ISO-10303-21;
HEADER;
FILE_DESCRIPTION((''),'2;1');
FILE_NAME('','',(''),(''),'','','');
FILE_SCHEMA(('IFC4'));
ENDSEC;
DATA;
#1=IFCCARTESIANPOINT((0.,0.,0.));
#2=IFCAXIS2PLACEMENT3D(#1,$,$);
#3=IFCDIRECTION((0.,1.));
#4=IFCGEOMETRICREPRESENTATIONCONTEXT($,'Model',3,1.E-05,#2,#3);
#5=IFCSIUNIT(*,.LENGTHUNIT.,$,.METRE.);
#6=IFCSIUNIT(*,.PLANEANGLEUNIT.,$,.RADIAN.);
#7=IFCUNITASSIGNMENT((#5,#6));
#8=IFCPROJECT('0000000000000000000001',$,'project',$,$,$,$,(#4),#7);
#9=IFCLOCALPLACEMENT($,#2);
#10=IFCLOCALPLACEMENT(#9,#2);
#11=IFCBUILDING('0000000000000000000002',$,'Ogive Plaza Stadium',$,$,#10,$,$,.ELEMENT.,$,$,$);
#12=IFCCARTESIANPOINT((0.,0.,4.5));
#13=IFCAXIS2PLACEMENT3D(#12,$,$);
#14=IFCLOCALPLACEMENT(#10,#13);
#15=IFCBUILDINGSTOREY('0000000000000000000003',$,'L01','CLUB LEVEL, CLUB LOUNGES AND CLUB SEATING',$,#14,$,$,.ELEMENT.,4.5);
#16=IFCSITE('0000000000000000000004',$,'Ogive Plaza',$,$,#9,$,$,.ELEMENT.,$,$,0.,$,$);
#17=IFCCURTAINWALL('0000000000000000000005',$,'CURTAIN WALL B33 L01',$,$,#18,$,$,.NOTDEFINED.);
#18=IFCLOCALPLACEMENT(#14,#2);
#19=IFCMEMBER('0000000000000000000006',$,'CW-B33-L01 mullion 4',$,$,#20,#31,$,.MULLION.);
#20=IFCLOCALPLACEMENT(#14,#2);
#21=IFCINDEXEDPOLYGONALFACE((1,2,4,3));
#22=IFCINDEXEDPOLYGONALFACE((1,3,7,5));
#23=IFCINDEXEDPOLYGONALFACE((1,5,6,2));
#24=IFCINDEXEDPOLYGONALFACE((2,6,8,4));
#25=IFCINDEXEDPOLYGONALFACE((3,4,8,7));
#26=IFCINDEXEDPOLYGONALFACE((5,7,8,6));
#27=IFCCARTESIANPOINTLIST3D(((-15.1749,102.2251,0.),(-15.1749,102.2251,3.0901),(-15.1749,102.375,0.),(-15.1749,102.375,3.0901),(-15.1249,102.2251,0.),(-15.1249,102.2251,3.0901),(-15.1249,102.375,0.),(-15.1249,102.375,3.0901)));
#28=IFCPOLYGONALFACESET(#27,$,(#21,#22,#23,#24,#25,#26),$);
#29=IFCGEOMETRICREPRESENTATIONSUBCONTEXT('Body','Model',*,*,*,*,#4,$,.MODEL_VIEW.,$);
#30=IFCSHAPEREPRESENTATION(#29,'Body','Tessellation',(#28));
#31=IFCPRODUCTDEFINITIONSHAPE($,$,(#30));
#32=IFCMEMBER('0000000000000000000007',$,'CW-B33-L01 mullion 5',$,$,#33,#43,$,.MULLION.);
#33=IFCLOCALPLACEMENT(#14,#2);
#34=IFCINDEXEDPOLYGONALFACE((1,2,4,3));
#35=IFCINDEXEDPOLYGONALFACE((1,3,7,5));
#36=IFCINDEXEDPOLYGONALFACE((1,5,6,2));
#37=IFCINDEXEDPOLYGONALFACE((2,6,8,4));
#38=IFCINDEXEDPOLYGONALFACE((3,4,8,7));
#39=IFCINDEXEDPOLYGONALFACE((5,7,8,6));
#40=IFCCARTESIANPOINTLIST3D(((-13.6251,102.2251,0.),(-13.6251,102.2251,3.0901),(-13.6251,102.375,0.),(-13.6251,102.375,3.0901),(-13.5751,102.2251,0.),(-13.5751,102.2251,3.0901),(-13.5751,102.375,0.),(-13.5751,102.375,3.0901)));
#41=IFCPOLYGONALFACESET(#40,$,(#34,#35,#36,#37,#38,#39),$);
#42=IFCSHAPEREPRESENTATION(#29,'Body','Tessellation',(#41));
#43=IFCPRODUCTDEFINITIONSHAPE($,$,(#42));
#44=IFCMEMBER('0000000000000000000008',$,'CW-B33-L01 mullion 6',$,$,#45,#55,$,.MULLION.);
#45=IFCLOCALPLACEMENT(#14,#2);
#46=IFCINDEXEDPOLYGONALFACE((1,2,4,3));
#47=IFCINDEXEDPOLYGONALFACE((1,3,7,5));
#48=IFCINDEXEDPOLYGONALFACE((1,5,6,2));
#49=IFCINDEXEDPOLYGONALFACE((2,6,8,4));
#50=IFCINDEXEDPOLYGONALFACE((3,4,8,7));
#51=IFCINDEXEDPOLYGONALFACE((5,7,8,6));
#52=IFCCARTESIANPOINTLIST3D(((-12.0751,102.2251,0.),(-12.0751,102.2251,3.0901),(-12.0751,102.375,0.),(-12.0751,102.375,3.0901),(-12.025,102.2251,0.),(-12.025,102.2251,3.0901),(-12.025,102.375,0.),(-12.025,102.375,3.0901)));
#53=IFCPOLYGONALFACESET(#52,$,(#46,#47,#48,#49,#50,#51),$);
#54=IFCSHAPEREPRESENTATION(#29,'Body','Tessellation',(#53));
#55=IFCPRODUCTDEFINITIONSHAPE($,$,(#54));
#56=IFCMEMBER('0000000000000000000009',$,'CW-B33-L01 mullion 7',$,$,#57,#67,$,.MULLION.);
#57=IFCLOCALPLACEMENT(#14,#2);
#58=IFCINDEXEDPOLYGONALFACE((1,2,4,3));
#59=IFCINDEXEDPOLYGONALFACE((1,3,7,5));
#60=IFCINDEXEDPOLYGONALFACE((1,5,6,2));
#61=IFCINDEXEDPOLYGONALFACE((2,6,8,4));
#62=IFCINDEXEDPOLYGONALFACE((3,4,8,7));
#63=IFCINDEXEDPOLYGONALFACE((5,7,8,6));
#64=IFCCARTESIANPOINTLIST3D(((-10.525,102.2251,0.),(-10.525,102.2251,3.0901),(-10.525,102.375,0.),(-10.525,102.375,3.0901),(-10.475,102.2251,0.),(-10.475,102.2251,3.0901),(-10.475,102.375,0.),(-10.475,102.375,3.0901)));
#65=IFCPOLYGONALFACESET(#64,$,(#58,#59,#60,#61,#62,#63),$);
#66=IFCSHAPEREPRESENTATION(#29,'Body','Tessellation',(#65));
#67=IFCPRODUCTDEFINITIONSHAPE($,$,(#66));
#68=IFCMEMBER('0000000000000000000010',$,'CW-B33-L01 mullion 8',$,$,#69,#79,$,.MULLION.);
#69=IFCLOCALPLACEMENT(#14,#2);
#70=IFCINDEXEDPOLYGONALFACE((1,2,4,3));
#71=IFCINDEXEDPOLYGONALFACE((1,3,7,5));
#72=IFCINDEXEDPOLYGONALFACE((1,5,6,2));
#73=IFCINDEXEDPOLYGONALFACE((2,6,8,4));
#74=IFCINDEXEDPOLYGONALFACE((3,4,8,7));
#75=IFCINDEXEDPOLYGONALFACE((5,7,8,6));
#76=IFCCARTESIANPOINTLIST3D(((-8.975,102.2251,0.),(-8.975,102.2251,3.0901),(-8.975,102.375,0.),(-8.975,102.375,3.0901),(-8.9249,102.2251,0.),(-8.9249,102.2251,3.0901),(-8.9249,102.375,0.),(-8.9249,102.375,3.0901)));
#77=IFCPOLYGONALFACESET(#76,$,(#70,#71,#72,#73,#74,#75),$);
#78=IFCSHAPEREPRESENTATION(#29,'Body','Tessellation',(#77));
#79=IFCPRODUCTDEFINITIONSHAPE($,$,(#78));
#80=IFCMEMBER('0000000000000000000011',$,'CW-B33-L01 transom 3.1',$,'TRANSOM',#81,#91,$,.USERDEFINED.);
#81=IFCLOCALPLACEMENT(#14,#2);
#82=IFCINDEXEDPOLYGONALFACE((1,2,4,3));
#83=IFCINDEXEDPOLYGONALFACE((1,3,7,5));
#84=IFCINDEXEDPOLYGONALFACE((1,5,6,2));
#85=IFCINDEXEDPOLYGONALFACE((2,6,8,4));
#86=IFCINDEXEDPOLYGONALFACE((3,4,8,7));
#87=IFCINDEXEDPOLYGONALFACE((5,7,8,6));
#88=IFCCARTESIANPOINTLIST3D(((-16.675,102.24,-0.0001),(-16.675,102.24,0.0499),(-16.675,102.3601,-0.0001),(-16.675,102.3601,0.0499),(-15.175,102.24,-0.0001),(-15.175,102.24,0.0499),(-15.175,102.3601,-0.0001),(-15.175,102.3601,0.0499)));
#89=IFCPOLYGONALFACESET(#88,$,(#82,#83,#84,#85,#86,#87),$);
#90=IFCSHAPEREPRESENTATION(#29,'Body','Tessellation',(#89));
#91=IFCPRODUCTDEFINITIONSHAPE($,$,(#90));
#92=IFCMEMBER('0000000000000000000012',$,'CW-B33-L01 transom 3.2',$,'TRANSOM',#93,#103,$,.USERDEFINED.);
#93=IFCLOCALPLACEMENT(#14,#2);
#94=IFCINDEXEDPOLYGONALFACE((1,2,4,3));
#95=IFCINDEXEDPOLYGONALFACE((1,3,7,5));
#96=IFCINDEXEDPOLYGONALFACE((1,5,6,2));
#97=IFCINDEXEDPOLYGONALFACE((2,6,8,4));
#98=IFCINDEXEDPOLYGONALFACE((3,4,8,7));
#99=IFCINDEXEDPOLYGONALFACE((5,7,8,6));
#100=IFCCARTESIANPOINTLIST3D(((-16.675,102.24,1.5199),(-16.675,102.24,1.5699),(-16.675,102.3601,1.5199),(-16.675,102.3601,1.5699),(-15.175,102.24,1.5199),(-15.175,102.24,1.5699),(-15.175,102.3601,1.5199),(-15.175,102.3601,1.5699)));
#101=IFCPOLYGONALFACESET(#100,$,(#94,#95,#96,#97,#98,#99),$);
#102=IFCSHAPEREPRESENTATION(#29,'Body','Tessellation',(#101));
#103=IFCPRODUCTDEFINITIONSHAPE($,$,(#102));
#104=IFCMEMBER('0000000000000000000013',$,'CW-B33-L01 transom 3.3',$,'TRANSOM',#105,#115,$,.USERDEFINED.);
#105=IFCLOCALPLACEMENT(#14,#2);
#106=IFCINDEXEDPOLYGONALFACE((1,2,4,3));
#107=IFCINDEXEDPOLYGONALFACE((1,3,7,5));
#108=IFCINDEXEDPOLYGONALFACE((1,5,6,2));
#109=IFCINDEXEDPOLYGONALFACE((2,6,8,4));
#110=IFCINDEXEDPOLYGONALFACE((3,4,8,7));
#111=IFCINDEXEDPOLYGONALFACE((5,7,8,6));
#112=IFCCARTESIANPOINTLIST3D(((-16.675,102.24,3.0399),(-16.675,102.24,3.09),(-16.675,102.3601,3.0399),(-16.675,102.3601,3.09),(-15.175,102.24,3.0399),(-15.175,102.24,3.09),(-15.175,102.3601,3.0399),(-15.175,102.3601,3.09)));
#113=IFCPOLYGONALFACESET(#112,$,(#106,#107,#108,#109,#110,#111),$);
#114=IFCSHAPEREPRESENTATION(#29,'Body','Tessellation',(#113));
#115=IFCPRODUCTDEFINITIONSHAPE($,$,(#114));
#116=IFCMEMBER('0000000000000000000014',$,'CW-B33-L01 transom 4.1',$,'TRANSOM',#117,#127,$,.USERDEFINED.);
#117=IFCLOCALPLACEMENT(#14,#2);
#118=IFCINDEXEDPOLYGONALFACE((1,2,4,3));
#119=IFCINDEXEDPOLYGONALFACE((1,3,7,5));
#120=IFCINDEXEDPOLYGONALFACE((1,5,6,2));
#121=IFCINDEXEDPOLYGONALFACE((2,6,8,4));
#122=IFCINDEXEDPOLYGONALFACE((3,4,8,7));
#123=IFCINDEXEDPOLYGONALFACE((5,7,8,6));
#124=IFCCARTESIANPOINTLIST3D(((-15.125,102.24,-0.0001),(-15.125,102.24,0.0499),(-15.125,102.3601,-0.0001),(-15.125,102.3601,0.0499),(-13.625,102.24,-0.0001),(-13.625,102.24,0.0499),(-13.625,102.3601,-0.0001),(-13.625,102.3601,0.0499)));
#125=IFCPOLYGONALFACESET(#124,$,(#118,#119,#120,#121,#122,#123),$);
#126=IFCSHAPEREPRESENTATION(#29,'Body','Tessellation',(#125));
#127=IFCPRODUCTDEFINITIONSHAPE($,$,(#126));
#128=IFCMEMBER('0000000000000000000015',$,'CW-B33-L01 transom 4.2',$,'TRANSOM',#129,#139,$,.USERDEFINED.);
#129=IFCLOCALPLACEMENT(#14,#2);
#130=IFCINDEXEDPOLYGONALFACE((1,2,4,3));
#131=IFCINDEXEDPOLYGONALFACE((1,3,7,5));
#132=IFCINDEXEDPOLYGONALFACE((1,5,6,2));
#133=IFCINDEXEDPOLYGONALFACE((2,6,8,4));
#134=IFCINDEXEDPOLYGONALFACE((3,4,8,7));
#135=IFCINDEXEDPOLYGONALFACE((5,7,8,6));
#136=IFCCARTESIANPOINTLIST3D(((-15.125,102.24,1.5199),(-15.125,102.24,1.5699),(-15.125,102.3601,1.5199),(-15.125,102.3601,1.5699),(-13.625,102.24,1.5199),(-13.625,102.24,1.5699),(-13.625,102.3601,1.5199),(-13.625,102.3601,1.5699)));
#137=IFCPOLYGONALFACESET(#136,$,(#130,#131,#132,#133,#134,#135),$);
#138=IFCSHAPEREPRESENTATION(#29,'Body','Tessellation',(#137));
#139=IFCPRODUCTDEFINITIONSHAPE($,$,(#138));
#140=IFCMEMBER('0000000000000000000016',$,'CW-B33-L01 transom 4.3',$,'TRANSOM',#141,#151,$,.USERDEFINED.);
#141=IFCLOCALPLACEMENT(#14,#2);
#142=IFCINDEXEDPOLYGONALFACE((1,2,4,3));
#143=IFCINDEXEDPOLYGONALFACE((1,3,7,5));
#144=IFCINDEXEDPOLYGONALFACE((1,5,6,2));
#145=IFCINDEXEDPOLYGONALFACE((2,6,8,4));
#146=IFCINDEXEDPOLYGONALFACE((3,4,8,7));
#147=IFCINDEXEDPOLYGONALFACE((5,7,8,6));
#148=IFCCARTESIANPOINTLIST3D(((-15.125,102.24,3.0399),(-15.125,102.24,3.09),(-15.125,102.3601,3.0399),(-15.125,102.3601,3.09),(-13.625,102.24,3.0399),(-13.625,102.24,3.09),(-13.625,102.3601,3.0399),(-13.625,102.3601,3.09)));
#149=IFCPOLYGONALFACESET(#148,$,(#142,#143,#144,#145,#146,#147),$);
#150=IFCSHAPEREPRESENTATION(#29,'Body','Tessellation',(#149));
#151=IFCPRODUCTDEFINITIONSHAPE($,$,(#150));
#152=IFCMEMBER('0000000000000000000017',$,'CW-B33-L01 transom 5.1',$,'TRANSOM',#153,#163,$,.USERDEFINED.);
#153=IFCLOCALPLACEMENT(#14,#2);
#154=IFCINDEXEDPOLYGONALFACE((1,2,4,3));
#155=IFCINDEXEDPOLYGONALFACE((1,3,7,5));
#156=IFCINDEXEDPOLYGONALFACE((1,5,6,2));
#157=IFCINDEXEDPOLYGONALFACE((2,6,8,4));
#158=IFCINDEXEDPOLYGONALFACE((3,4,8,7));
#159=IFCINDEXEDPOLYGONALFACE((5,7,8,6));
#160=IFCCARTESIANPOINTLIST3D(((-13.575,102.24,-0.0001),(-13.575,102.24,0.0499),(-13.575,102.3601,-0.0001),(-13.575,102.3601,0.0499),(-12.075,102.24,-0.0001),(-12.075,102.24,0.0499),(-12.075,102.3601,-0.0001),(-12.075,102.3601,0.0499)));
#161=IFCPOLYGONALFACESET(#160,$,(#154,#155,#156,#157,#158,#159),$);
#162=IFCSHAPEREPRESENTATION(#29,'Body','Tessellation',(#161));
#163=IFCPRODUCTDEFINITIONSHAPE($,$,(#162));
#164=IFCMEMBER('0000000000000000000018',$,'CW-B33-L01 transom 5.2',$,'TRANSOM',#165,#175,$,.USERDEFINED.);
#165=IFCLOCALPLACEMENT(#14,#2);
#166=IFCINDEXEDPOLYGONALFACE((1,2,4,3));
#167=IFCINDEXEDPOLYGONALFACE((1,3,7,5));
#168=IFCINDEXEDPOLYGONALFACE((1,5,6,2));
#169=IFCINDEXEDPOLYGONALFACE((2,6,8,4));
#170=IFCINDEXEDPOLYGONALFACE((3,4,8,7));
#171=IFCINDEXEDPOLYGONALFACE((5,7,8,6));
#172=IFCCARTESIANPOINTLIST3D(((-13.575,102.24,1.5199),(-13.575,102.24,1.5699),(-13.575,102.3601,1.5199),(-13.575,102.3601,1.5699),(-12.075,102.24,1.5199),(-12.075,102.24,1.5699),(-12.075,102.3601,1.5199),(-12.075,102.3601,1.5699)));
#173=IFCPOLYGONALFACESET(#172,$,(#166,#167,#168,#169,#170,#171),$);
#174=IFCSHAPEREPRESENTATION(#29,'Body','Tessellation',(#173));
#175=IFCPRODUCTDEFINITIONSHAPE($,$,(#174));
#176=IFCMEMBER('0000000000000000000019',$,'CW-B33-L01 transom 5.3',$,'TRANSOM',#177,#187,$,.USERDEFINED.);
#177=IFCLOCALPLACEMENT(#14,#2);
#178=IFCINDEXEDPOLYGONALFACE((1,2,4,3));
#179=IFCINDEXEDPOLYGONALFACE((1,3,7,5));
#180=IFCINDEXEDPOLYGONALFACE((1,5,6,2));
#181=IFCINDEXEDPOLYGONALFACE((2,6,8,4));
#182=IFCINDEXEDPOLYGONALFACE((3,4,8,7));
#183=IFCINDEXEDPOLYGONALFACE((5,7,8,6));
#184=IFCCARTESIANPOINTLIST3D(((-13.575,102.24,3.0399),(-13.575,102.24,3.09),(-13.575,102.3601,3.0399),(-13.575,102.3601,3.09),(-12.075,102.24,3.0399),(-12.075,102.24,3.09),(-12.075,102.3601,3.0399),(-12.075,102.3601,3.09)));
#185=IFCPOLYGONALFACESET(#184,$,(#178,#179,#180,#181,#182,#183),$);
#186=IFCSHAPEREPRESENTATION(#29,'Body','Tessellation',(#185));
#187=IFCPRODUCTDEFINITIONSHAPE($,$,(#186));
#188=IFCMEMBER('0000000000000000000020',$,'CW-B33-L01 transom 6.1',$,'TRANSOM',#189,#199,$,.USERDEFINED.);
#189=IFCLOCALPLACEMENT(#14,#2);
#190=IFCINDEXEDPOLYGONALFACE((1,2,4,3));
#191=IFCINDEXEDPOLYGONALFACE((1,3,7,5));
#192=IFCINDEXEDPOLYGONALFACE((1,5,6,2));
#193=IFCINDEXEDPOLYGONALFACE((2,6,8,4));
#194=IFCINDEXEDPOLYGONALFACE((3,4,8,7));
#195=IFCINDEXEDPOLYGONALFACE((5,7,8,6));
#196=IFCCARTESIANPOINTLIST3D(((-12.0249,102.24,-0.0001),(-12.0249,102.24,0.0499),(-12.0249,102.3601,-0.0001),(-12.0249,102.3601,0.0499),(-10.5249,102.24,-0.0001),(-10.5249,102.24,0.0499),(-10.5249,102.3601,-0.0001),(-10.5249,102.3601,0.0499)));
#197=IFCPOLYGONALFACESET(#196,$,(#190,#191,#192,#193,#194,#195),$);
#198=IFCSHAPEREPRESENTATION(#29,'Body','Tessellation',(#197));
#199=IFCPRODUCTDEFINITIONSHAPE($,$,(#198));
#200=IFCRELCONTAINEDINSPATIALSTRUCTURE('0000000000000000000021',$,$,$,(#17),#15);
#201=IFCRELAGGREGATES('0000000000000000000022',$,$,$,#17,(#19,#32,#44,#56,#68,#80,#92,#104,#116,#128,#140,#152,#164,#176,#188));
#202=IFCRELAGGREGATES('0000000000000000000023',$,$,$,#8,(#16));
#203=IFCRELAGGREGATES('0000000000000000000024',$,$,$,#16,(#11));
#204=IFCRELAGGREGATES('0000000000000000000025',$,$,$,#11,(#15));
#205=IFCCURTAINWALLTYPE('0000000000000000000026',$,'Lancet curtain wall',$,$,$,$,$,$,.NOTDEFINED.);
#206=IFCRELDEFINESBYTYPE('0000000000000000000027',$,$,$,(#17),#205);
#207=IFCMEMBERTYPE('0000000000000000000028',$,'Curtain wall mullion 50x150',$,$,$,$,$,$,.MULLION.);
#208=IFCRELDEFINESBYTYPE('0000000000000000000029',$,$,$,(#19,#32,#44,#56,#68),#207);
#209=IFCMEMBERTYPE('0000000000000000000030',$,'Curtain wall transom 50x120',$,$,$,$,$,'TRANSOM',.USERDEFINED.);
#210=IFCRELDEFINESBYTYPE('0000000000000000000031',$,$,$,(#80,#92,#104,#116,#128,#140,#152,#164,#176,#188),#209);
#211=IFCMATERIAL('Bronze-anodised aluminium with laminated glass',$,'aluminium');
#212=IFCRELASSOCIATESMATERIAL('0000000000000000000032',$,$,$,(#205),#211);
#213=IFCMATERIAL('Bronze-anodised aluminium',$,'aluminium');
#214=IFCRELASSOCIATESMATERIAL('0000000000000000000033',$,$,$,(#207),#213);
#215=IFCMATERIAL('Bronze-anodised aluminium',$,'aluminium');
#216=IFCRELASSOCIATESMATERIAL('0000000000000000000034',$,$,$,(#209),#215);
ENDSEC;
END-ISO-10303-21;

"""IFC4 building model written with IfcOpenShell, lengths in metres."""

from ifc_helpers import new_model, si_unit, direction, frame, origin, origin_2d, place, context, subcontext, project, spatial, rectangle, extrude, material, material_profile, profile_set, type_object, element, aggregate, save


model = new_model("IFC4")

# Units and contexts
model_context = context("Model", 3, precision=1e-05, world=origin(), true_north=direction((0.0, 1.0)))
body_context = subcontext(model_context, "Body", "Model", "MODEL_VIEW")
ifc_project = project(units=[si_unit("LENGTHUNIT", "METRE"), si_unit("PLANEANGLEUNIT", "RADIAN")], contexts=[model_context])

# Site, building, storey
site_placement = place(None, origin())
site = spatial("IfcSite", under=ifc_project, at=site_placement, Name="Ogive Plaza", CompositionType="ELEMENT", RefElevation=0.0)
building_placement = place(site_placement, origin())
building = spatial("IfcBuilding", under=site, at=building_placement, Name="Ogive Plaza Stadium", CompositionType="ELEMENT")
storey_placement = place(building_placement, frame((0.0, 0.0, 4.5)))
storey = spatial("IfcBuildingStorey", under=building, at=storey_placement, Name="L01", Description="CLUB LEVEL, CLUB LOUNGES AND CLUB SEATING", CompositionType="ELEMENT", Elevation=4.5)

# Curtain wall, members
ifc_material_1 = material(Name="Bronze-anodised aluminium with laminated glass", Category="aluminium")
curtain_wall_type = type_object("IfcCurtainWallType", Name="Lancet curtain wall", PredefinedType="NOTDEFINED", material=ifc_material_1)
curtain_wall_placement = place(storey_placement, origin())
curtain_wall = element("IfcCurtainWall", 1, at=curtain_wall_placement, inside=storey, type_object=curtain_wall_type, Name="CURTAIN WALL B33 L01", PredefinedType="NOTDEFINED")
ifc_material_2 = material(Name="Bronze-anodised aluminium", Category="aluminium")
ifc_material_profile_1 = material_profile(ifc_material_2, rectangle(XDim=0.1499, YDim=0.05, at=origin_2d()), Name="AL 150x50")
ifc_profile_set_1 = profile_set([ifc_material_profile_1], Name="Bronze-anodised aluminium")
member_type_1 = type_object("IfcMemberType", Name="Curtain wall mullion 50x150", PredefinedType="MULLION", material=ifc_profile_set_1)
member_1_placement = place(storey_placement, frame((-15.1499, 102.3, 0.0), z_axis=(0.0, 0.0, 1.0), x_axis=(0.0, 1.0, 0.0)))
member_1 = element("IfcMember", 2, at=member_1_placement, type_object=member_type_1, Name="CW-B33-L01 mullion 4", PredefinedType="MULLION", context=body_context, shape_type="SweptSolid", body=[
    extrude(rectangle(XDim=0.1499, YDim=0.05, at=origin_2d()), origin(), (0.0, 0.0, 1.0), 3.0901),
])
member_2_placement = place(storey_placement, frame((-13.6001, 102.3, 0.0), z_axis=(0.0, 0.0, 1.0), x_axis=(0.0, 1.0, 0.0)))
member_2 = element("IfcMember", 3, at=member_2_placement, type_object=member_type_1, Name="CW-B33-L01 mullion 5", PredefinedType="MULLION", context=body_context, shape_type="SweptSolid", body=[
    extrude(rectangle(XDim=0.1499, YDim=0.05, at=origin_2d()), origin(), (0.0, 0.0, 1.0), 3.0901),
])
member_3_placement = place(storey_placement, frame((-12.05, 102.3, 0.0), z_axis=(0.0, 0.0, 1.0), x_axis=(0.0, 1.0, 0.0)))
member_3 = element("IfcMember", 4, at=member_3_placement, type_object=member_type_1, Name="CW-B33-L01 mullion 6", PredefinedType="MULLION", context=body_context, shape_type="SweptSolid", body=[
    extrude(rectangle(XDim=0.1499, YDim=0.05, at=origin_2d()), origin(), (0.0, 0.0, 1.0), 3.0901),
])
member_4_placement = place(storey_placement, frame((-10.5, 102.3, 0.0), z_axis=(0.0, 0.0, 1.0), x_axis=(0.0, 1.0, 0.0)))
member_4 = element("IfcMember", 5, at=member_4_placement, type_object=member_type_1, Name="CW-B33-L01 mullion 7", PredefinedType="MULLION", context=body_context, shape_type="SweptSolid", body=[
    extrude(rectangle(XDim=0.1499, YDim=0.05, at=origin_2d()), origin(), (0.0, 0.0, 1.0), 3.0901),
])
member_5_placement = place(storey_placement, frame((-8.95, 102.3, 0.0), z_axis=(0.0, 0.0, 1.0), x_axis=(0.0, 1.0, 0.0)))
member_5 = element("IfcMember", 6, at=member_5_placement, type_object=member_type_1, Name="CW-B33-L01 mullion 8", PredefinedType="MULLION", context=body_context, shape_type="SweptSolid", body=[
    extrude(rectangle(XDim=0.1499, YDim=0.05, at=origin_2d()), origin(), (0.0, 0.0, 1.0), 3.0901),
])
ifc_material_3 = material(Name="Bronze-anodised aluminium", Category="aluminium")
ifc_material_profile_2 = material_profile(ifc_material_3, rectangle(XDim=0.1201, YDim=0.05, at=origin_2d()), Name="AL 120x50")
ifc_profile_set_2 = profile_set([ifc_material_profile_2], Name="Bronze-anodised aluminium")
member_type_2 = type_object("IfcMemberType", Name="Curtain wall transom 50x120", ElementType="TRANSOM", PredefinedType="USERDEFINED", material=ifc_profile_set_2)
member_6_placement = place(storey_placement, frame((-16.675, 102.3, 0.0249), z_axis=(1.0, 0.0, 0.0), x_axis=(0.0, 1.0, 0.0)))
member_6 = element("IfcMember", 7, at=member_6_placement, type_object=member_type_2, Name="CW-B33-L01 transom 3.1", ObjectType="TRANSOM", PredefinedType="USERDEFINED", context=body_context, shape_type="SweptSolid", body=[
    extrude(rectangle(XDim=0.1201, YDim=0.05, at=origin_2d()), origin(), (0.0, 0.0, 1.0), 1.5),
])
member_7_placement = place(storey_placement, frame((-16.675, 102.3, 1.5449), z_axis=(1.0, 0.0, 0.0), x_axis=(0.0, 1.0, 0.0)))
member_7 = element("IfcMember", 8, at=member_7_placement, type_object=member_type_2, Name="CW-B33-L01 transom 3.2", ObjectType="TRANSOM", PredefinedType="USERDEFINED", context=body_context, shape_type="SweptSolid", body=[
    extrude(rectangle(XDim=0.1201, YDim=0.05, at=origin_2d()), origin(), (0.0, 0.0, 1.0), 1.5),
])
member_8_placement = place(storey_placement, frame((-16.675, 102.3, 3.0649), z_axis=(1.0, 0.0, 0.0), x_axis=(0.0, 1.0, 0.0)))
member_8 = element("IfcMember", 9, at=member_8_placement, type_object=member_type_2, Name="CW-B33-L01 transom 3.3", ObjectType="TRANSOM", PredefinedType="USERDEFINED", context=body_context, shape_type="SweptSolid", body=[
    extrude(rectangle(XDim=0.1201, YDim=0.05, at=origin_2d()), origin(), (0.0, 0.0, 1.0), 1.5),
])
member_9_placement = place(storey_placement, frame((-15.125, 102.3, 0.0249), z_axis=(1.0, 0.0, 0.0), x_axis=(0.0, 1.0, 0.0)))
member_9 = element("IfcMember", 10, at=member_9_placement, type_object=member_type_2, Name="CW-B33-L01 transom 4.1", ObjectType="TRANSOM", PredefinedType="USERDEFINED", context=body_context, shape_type="SweptSolid", body=[
    extrude(rectangle(XDim=0.1201, YDim=0.05, at=origin_2d()), origin(), (0.0, 0.0, 1.0), 1.5),
])
member_10_placement = place(storey_placement, frame((-15.125, 102.3, 1.5449), z_axis=(1.0, 0.0, 0.0), x_axis=(0.0, 1.0, 0.0)))
member_10 = element("IfcMember", 11, at=member_10_placement, type_object=member_type_2, Name="CW-B33-L01 transom 4.2", ObjectType="TRANSOM", PredefinedType="USERDEFINED", context=body_context, shape_type="SweptSolid", body=[
    extrude(rectangle(XDim=0.1201, YDim=0.05, at=origin_2d()), origin(), (0.0, 0.0, 1.0), 1.5),
])
member_11_placement = place(storey_placement, frame((-15.125, 102.3, 3.0649), z_axis=(1.0, 0.0, 0.0), x_axis=(0.0, 1.0, 0.0)))
member_11 = element("IfcMember", 12, at=member_11_placement, type_object=member_type_2, Name="CW-B33-L01 transom 4.3", ObjectType="TRANSOM", PredefinedType="USERDEFINED", context=body_context, shape_type="SweptSolid", body=[
    extrude(rectangle(XDim=0.1201, YDim=0.05, at=origin_2d()), origin(), (0.0, 0.0, 1.0), 1.5),
])
member_12_placement = place(storey_placement, frame((-13.575, 102.3, 0.0249), z_axis=(1.0, 0.0, 0.0), x_axis=(0.0, 1.0, 0.0)))
member_12 = element("IfcMember", 13, at=member_12_placement, type_object=member_type_2, Name="CW-B33-L01 transom 5.1", ObjectType="TRANSOM", PredefinedType="USERDEFINED", context=body_context, shape_type="SweptSolid", body=[
    extrude(rectangle(XDim=0.1201, YDim=0.05, at=origin_2d()), origin(), (0.0, 0.0, 1.0), 1.5),
])
member_13_placement = place(storey_placement, frame((-13.575, 102.3, 1.5449), z_axis=(1.0, 0.0, 0.0), x_axis=(0.0, 1.0, 0.0)))
member_13 = element("IfcMember", 14, at=member_13_placement, type_object=member_type_2, Name="CW-B33-L01 transom 5.2", ObjectType="TRANSOM", PredefinedType="USERDEFINED", context=body_context, shape_type="SweptSolid", body=[
    extrude(rectangle(XDim=0.1201, YDim=0.05, at=origin_2d()), origin(), (0.0, 0.0, 1.0), 1.5),
])
member_14_placement = place(storey_placement, frame((-13.575, 102.3, 3.0649), z_axis=(1.0, 0.0, 0.0), x_axis=(0.0, 1.0, 0.0)))
member_14 = element("IfcMember", 15, at=member_14_placement, type_object=member_type_2, Name="CW-B33-L01 transom 5.3", ObjectType="TRANSOM", PredefinedType="USERDEFINED", context=body_context, shape_type="SweptSolid", body=[
    extrude(rectangle(XDim=0.1201, YDim=0.05, at=origin_2d()), origin(), (0.0, 0.0, 1.0), 1.5),
])
member_15_placement = place(storey_placement, frame((-12.0249, 102.3, 0.0249), z_axis=(1.0, 0.0, 0.0), x_axis=(0.0, 1.0, 0.0)))
member_15 = element("IfcMember", 16, at=member_15_placement, type_object=member_type_2, Name="CW-B33-L01 transom 6.1", ObjectType="TRANSOM", PredefinedType="USERDEFINED", context=body_context, shape_type="SweptSolid", body=[
    extrude(rectangle(XDim=0.1201, YDim=0.05, at=origin_2d()), origin(), (0.0, 0.0, 1.0), 1.5),
])
aggregate(curtain_wall, [member_1, member_2, member_3, member_4, member_5, member_6, member_7, member_8, member_9, member_10, member_11, member_12, member_13, member_14, member_15])

save(model, "model.ifc")
